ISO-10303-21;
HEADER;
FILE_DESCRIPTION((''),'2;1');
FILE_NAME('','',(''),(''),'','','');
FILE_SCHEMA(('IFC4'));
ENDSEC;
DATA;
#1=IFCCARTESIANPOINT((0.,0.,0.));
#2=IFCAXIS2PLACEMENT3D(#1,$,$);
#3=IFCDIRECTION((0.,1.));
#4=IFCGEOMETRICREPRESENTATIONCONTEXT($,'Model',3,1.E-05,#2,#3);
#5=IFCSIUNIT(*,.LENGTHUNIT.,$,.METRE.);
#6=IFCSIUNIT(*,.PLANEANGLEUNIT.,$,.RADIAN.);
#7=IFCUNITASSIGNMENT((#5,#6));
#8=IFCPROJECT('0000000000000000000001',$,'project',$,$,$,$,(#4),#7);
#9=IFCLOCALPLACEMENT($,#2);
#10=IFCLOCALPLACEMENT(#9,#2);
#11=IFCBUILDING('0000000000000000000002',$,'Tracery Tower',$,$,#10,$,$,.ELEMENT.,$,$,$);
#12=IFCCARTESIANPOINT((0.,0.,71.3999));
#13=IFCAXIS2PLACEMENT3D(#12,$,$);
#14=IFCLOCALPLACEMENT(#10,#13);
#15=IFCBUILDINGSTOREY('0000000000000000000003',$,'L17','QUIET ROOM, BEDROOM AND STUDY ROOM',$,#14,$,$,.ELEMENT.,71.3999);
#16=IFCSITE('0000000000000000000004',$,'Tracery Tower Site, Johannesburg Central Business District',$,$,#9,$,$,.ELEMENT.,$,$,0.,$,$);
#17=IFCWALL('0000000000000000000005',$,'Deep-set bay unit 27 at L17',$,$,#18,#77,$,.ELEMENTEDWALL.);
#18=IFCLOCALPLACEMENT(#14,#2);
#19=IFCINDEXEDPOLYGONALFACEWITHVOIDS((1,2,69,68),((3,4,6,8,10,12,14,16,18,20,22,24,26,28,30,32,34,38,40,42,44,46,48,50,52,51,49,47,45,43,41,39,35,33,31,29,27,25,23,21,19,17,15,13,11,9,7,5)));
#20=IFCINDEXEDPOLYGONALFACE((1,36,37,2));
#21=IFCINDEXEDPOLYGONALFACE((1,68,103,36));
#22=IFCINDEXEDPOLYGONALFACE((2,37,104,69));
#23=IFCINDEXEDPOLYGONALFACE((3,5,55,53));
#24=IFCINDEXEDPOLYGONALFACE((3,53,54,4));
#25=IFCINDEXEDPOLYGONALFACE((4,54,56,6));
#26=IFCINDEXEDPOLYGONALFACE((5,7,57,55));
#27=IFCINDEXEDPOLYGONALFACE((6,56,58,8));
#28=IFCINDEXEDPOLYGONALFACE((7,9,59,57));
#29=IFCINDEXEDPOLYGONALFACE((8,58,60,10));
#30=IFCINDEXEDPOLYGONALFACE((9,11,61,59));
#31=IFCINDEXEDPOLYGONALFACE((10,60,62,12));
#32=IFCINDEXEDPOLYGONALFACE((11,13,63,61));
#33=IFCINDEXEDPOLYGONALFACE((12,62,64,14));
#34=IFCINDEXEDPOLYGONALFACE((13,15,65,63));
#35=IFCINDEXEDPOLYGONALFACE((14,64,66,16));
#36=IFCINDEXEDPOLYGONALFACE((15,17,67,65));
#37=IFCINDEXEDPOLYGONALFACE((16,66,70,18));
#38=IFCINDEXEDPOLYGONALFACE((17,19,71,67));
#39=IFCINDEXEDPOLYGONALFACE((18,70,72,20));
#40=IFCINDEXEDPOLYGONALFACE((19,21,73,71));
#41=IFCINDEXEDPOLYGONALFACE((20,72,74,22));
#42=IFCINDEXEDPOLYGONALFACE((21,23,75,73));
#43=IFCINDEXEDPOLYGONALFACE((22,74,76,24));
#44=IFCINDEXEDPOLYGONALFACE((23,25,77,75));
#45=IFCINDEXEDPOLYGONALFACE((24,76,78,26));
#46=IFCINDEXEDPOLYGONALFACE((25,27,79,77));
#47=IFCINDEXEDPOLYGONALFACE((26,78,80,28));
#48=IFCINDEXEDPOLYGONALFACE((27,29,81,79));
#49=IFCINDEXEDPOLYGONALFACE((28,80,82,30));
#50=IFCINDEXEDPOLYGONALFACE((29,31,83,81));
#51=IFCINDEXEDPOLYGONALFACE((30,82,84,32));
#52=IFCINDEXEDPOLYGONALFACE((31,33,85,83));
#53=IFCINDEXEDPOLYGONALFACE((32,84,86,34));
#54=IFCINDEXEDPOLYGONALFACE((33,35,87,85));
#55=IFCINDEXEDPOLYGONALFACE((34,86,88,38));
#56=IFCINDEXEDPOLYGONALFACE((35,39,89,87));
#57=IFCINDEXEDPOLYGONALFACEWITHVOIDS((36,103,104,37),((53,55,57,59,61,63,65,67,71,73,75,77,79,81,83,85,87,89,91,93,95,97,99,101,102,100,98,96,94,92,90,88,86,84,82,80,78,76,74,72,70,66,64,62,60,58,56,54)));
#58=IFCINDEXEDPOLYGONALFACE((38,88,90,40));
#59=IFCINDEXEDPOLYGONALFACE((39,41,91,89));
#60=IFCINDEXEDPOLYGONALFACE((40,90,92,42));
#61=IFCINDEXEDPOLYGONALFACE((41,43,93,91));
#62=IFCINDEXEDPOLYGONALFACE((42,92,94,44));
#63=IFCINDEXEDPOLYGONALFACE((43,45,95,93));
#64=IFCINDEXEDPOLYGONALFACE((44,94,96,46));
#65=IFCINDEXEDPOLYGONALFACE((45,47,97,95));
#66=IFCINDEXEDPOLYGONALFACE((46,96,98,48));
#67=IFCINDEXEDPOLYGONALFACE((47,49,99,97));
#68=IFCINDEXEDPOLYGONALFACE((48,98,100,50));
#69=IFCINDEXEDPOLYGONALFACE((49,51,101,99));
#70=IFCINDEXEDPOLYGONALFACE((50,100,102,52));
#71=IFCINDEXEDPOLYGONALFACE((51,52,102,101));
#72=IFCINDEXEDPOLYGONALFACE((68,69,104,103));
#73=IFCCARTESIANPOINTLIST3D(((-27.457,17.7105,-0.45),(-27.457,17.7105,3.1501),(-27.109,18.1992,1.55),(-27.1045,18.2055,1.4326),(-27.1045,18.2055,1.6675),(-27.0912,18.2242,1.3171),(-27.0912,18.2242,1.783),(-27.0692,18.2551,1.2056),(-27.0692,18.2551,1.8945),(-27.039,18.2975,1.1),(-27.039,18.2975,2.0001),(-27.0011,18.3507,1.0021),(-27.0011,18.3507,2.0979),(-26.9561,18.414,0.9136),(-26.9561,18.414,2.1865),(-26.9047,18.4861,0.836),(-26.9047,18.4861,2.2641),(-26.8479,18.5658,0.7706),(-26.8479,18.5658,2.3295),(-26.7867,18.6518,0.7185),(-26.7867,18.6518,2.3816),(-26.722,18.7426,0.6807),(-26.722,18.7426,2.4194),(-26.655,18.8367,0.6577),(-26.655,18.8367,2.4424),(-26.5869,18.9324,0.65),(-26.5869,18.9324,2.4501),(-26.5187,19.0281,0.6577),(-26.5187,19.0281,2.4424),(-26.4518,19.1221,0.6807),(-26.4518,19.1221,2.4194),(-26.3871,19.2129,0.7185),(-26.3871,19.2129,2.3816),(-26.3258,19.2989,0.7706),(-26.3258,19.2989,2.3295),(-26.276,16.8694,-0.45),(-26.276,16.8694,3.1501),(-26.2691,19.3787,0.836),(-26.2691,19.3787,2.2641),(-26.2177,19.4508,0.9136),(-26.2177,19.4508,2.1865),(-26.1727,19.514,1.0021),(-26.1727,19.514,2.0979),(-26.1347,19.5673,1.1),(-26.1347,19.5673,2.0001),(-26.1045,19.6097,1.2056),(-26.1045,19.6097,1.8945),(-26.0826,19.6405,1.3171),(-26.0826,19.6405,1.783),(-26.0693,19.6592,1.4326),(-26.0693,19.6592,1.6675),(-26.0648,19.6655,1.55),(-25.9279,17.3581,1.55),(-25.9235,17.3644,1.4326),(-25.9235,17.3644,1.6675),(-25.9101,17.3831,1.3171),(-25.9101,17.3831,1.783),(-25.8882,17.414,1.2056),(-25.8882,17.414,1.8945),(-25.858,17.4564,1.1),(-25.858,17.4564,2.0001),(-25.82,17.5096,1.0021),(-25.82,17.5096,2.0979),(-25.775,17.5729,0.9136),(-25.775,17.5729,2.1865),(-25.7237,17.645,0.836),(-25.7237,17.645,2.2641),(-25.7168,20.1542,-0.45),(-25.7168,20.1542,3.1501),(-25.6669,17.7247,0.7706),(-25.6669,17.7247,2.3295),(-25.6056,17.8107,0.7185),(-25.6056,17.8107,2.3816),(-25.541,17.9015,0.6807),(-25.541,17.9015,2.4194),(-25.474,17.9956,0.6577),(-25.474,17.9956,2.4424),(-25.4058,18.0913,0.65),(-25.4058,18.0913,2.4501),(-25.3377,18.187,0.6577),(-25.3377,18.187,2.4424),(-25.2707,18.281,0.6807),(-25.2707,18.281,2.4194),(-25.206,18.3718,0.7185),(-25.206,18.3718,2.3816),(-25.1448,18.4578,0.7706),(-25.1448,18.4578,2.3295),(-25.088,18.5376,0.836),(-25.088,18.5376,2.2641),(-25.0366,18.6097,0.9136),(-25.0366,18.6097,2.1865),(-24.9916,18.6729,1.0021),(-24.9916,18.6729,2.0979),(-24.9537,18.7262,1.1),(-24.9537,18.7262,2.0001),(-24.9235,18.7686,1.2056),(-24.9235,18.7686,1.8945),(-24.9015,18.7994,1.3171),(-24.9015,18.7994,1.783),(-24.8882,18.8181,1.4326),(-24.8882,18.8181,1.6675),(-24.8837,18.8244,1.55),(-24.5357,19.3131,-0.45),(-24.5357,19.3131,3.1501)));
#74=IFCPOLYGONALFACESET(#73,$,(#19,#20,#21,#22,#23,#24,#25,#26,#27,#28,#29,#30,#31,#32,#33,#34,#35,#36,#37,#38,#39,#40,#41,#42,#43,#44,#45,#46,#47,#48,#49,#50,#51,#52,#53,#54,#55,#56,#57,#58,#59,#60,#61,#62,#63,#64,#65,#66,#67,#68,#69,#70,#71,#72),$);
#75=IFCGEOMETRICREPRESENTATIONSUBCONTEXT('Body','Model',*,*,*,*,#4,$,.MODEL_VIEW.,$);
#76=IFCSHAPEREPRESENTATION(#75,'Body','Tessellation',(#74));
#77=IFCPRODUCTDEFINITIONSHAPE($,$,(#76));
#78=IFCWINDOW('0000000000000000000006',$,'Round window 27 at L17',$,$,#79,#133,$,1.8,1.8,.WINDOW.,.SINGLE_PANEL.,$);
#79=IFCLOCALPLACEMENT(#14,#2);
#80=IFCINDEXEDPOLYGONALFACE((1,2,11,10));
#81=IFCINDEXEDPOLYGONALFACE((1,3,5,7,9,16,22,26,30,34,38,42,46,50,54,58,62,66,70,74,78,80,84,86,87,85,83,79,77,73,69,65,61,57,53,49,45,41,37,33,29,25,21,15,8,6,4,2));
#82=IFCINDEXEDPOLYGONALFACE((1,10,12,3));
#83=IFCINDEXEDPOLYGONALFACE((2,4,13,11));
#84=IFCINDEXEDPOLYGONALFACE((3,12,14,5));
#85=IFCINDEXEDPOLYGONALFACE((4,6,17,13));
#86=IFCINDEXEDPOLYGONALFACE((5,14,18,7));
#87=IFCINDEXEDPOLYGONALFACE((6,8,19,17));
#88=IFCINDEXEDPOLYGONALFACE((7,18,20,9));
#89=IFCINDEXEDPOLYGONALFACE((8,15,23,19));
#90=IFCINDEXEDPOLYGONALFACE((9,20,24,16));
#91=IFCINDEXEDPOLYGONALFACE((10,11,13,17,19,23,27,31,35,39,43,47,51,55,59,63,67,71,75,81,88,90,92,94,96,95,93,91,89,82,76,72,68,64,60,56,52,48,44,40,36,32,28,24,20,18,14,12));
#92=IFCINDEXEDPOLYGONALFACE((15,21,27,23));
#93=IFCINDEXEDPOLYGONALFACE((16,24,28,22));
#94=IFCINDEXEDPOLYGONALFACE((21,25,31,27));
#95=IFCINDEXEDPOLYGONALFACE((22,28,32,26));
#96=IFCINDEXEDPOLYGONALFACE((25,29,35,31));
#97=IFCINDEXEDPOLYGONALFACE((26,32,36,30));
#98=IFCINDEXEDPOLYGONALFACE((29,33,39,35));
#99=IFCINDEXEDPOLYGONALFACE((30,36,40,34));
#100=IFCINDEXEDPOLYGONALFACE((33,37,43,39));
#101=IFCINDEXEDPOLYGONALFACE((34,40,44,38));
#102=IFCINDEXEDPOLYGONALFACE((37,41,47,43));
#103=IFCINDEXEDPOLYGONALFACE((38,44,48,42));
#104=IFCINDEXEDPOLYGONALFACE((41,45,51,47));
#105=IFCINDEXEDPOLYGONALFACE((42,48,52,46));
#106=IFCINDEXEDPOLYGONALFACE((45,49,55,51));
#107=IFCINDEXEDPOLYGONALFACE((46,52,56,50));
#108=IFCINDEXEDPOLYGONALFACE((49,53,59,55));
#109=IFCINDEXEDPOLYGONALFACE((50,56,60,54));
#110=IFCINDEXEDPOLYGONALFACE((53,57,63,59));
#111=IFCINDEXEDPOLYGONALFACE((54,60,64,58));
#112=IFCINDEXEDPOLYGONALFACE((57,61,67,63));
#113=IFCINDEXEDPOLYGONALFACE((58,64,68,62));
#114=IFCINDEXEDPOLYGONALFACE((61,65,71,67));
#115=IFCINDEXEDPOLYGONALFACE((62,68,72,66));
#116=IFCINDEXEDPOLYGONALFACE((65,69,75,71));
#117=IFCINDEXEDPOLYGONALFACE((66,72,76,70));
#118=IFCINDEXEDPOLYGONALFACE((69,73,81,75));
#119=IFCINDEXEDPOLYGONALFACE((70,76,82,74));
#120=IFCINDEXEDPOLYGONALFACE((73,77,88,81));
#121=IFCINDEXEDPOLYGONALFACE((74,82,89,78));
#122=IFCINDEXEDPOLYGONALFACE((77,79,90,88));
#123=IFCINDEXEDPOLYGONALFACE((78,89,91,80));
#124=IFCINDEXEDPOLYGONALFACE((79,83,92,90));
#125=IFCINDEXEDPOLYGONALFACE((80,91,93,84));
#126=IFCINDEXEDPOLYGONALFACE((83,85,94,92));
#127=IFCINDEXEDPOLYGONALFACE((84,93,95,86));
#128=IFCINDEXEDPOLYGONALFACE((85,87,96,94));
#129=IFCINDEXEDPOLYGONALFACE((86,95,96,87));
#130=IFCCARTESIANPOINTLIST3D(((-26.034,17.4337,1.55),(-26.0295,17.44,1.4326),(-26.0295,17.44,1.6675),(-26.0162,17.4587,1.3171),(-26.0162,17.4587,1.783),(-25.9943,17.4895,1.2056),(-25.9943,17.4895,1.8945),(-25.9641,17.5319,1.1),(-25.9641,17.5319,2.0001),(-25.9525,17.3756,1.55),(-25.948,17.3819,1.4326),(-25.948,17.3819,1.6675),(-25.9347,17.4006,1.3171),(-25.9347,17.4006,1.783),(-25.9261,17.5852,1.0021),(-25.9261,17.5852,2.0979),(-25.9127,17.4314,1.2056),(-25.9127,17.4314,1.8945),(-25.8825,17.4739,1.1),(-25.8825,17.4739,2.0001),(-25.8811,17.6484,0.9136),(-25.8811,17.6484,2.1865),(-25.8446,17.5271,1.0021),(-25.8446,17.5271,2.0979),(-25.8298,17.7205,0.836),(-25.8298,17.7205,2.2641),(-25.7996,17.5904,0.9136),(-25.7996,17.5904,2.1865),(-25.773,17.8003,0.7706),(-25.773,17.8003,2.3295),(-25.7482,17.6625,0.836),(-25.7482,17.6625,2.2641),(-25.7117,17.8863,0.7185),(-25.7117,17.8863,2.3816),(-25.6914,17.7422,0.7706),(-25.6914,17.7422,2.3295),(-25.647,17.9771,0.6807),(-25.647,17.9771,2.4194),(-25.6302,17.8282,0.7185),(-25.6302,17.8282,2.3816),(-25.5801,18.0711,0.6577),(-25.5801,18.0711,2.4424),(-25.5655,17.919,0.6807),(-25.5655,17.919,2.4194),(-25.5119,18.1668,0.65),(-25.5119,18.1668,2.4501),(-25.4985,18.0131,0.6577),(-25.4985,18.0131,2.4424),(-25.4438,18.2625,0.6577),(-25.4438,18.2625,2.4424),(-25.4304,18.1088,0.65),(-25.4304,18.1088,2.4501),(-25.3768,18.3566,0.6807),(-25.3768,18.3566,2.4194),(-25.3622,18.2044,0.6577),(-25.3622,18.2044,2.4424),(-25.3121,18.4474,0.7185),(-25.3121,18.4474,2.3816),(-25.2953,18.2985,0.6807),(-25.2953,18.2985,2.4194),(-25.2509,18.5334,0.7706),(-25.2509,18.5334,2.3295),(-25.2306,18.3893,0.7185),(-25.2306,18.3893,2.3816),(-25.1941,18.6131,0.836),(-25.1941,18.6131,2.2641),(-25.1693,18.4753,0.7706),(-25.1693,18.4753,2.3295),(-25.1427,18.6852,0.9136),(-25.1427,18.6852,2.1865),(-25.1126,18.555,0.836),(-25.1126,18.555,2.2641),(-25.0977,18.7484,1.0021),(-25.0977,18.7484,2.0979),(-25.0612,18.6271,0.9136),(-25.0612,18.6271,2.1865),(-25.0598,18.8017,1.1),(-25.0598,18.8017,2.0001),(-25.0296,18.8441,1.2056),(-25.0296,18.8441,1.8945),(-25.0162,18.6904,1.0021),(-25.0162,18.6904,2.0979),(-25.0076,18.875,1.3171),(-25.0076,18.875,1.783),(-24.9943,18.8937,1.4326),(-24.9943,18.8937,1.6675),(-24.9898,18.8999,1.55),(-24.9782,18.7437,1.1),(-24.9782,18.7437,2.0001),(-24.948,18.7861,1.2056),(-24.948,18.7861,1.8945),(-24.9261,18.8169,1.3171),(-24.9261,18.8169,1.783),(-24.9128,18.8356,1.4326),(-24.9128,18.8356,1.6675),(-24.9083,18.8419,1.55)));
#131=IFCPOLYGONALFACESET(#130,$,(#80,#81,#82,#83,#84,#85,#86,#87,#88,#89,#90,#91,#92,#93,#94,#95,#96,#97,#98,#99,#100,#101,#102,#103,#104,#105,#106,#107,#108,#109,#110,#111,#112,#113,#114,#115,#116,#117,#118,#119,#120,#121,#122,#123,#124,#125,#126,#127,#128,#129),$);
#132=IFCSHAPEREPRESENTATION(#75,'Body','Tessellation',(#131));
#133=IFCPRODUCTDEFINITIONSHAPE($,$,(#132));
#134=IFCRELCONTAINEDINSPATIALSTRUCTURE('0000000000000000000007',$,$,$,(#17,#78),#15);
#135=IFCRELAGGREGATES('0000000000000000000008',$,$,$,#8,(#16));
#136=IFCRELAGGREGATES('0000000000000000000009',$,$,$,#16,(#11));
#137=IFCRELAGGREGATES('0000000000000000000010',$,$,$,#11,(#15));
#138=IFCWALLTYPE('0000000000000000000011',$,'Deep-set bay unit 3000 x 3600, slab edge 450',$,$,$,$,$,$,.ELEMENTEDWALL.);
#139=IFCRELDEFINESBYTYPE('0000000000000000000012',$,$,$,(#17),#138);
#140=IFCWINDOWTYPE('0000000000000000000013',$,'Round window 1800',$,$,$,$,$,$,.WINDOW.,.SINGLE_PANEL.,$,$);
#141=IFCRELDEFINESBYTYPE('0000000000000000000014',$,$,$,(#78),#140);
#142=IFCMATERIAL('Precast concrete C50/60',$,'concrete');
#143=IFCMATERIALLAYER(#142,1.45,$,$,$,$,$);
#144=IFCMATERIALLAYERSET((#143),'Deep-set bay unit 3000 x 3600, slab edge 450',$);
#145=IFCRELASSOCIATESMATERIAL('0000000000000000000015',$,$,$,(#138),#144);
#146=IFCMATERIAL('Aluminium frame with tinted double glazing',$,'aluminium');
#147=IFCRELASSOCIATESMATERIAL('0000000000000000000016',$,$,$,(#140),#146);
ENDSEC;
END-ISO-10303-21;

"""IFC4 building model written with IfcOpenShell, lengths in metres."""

from ifc_helpers import new_model, si_unit, direction, frame, frame_2d, origin, origin_2d, place, context, subcontext, project, spatial, rectangle, circle, extrude, material, layer, layer_set, type_object, element, fill, save


model = new_model("IFC4")

# Units and contexts
model_context = context("Model", 3, precision=1e-05, world=origin(), true_north=direction((0.0, 1.0)))
body_context = subcontext(model_context, "Body", "Model", "MODEL_VIEW")
ifc_project = project(units=[si_unit("LENGTHUNIT", "METRE"), si_unit("PLANEANGLEUNIT", "RADIAN")], contexts=[model_context])

# Site, building, storey
site_placement = place(None, origin())
site = spatial("IfcSite", under=ifc_project, at=site_placement, Name="Tracery Tower Site, Johannesburg Central Business District", CompositionType="ELEMENT", RefElevation=0.0)
building_placement = place(site_placement, origin())
building = spatial("IfcBuilding", under=site, at=building_placement, Name="Tracery Tower", CompositionType="ELEMENT")
storey_placement = place(building_placement, frame((0.0, 0.0, 71.3999)))
storey = spatial("IfcBuildingStorey", under=building, at=storey_placement, Name="L17", Description="QUIET ROOM, BEDROOM AND STUDY ROOM", CompositionType="ELEMENT", Elevation=71.3999)

# Wall, opening, window
ifc_material_1 = material(Name="Precast concrete C50/60", Category="concrete")
ifc_layer_1 = layer(ifc_material_1, 1.45)
ifc_layer_set_1 = layer_set([ifc_layer_1], Name="Deep-set bay unit 3000 x 3600, slab edge 450")
wall_type_1 = type_object("IfcWallType", Name="Deep-set bay unit 3000 x 3600, slab edge 450", PredefinedType="ELEMENTEDWALL", material=ifc_layer_set_1)
ifc_material_2 = material(Name="Aluminium frame with tinted double glazing", Category="aluminium")
window_type = type_object("IfcWindowType", Name="Round window 1800", PartitioningType="SINGLE_PANEL", PredefinedType="WINDOW", material=ifc_material_2)
wall_1_placement = place(storey_placement, frame((-25.1262, 19.7336, -0.45), z_axis=(0.0, 0.0, 1.0), x_axis=(-0.580091, -0.814552, 0.0)))
wall_1 = element("IfcWall", 1, at=wall_1_placement, inside=storey, type_object=wall_type_1, Name="Deep-set bay unit 27 at L17", PredefinedType="ELEMENTEDWALL", context=body_context, shape_type="SweptSolid", body=[
    extrude(rectangle(XDim=3.0, YDim=1.45, at=frame_2d((1.5, 0.0))), origin(), (0.0, 0.0, 1.0), 3.6001),
])
opening_1_placement = place(wall_1_placement, frame((1.5, 0.0, 2.0)))
opening_1 = element("IfcOpeningElement", 2, at=opening_1_placement, cuts=wall_1, PredefinedType="OPENING", context=body_context, shape_type="SweptSolid", body=[
    extrude(circle(Radius=0.9, at=origin_2d()), frame((0.0, 0.7349, 0.0), z_axis=(0.0, -1.0, 0.0), x_axis=(1.0, 0.0, 0.0)), (0.0, 0.0, 1.0), 1.47),
])
window_1_placement = place(opening_1_placement, origin())
window_1 = element("IfcWindow", 3, at=window_1_placement, inside=storey, type_object=window_type, Name="Round window 27 at L17", OverallHeight=1.8, OverallWidth=1.8, PartitioningType="SINGLE_PANEL", PredefinedType="WINDOW", context=body_context, shape_type="SweptSolid", body=[
    extrude(circle(Radius=0.9, at=origin_2d()), frame((0.0, 0.6948, 0.0), z_axis=(0.0, -1.0, 0.0), x_axis=(1.0, 0.0, 0.0)), (0.0, 0.0, 1.0), 0.1001),
])
fill(opening_1, window_1)

save(model, "model.ifc")
